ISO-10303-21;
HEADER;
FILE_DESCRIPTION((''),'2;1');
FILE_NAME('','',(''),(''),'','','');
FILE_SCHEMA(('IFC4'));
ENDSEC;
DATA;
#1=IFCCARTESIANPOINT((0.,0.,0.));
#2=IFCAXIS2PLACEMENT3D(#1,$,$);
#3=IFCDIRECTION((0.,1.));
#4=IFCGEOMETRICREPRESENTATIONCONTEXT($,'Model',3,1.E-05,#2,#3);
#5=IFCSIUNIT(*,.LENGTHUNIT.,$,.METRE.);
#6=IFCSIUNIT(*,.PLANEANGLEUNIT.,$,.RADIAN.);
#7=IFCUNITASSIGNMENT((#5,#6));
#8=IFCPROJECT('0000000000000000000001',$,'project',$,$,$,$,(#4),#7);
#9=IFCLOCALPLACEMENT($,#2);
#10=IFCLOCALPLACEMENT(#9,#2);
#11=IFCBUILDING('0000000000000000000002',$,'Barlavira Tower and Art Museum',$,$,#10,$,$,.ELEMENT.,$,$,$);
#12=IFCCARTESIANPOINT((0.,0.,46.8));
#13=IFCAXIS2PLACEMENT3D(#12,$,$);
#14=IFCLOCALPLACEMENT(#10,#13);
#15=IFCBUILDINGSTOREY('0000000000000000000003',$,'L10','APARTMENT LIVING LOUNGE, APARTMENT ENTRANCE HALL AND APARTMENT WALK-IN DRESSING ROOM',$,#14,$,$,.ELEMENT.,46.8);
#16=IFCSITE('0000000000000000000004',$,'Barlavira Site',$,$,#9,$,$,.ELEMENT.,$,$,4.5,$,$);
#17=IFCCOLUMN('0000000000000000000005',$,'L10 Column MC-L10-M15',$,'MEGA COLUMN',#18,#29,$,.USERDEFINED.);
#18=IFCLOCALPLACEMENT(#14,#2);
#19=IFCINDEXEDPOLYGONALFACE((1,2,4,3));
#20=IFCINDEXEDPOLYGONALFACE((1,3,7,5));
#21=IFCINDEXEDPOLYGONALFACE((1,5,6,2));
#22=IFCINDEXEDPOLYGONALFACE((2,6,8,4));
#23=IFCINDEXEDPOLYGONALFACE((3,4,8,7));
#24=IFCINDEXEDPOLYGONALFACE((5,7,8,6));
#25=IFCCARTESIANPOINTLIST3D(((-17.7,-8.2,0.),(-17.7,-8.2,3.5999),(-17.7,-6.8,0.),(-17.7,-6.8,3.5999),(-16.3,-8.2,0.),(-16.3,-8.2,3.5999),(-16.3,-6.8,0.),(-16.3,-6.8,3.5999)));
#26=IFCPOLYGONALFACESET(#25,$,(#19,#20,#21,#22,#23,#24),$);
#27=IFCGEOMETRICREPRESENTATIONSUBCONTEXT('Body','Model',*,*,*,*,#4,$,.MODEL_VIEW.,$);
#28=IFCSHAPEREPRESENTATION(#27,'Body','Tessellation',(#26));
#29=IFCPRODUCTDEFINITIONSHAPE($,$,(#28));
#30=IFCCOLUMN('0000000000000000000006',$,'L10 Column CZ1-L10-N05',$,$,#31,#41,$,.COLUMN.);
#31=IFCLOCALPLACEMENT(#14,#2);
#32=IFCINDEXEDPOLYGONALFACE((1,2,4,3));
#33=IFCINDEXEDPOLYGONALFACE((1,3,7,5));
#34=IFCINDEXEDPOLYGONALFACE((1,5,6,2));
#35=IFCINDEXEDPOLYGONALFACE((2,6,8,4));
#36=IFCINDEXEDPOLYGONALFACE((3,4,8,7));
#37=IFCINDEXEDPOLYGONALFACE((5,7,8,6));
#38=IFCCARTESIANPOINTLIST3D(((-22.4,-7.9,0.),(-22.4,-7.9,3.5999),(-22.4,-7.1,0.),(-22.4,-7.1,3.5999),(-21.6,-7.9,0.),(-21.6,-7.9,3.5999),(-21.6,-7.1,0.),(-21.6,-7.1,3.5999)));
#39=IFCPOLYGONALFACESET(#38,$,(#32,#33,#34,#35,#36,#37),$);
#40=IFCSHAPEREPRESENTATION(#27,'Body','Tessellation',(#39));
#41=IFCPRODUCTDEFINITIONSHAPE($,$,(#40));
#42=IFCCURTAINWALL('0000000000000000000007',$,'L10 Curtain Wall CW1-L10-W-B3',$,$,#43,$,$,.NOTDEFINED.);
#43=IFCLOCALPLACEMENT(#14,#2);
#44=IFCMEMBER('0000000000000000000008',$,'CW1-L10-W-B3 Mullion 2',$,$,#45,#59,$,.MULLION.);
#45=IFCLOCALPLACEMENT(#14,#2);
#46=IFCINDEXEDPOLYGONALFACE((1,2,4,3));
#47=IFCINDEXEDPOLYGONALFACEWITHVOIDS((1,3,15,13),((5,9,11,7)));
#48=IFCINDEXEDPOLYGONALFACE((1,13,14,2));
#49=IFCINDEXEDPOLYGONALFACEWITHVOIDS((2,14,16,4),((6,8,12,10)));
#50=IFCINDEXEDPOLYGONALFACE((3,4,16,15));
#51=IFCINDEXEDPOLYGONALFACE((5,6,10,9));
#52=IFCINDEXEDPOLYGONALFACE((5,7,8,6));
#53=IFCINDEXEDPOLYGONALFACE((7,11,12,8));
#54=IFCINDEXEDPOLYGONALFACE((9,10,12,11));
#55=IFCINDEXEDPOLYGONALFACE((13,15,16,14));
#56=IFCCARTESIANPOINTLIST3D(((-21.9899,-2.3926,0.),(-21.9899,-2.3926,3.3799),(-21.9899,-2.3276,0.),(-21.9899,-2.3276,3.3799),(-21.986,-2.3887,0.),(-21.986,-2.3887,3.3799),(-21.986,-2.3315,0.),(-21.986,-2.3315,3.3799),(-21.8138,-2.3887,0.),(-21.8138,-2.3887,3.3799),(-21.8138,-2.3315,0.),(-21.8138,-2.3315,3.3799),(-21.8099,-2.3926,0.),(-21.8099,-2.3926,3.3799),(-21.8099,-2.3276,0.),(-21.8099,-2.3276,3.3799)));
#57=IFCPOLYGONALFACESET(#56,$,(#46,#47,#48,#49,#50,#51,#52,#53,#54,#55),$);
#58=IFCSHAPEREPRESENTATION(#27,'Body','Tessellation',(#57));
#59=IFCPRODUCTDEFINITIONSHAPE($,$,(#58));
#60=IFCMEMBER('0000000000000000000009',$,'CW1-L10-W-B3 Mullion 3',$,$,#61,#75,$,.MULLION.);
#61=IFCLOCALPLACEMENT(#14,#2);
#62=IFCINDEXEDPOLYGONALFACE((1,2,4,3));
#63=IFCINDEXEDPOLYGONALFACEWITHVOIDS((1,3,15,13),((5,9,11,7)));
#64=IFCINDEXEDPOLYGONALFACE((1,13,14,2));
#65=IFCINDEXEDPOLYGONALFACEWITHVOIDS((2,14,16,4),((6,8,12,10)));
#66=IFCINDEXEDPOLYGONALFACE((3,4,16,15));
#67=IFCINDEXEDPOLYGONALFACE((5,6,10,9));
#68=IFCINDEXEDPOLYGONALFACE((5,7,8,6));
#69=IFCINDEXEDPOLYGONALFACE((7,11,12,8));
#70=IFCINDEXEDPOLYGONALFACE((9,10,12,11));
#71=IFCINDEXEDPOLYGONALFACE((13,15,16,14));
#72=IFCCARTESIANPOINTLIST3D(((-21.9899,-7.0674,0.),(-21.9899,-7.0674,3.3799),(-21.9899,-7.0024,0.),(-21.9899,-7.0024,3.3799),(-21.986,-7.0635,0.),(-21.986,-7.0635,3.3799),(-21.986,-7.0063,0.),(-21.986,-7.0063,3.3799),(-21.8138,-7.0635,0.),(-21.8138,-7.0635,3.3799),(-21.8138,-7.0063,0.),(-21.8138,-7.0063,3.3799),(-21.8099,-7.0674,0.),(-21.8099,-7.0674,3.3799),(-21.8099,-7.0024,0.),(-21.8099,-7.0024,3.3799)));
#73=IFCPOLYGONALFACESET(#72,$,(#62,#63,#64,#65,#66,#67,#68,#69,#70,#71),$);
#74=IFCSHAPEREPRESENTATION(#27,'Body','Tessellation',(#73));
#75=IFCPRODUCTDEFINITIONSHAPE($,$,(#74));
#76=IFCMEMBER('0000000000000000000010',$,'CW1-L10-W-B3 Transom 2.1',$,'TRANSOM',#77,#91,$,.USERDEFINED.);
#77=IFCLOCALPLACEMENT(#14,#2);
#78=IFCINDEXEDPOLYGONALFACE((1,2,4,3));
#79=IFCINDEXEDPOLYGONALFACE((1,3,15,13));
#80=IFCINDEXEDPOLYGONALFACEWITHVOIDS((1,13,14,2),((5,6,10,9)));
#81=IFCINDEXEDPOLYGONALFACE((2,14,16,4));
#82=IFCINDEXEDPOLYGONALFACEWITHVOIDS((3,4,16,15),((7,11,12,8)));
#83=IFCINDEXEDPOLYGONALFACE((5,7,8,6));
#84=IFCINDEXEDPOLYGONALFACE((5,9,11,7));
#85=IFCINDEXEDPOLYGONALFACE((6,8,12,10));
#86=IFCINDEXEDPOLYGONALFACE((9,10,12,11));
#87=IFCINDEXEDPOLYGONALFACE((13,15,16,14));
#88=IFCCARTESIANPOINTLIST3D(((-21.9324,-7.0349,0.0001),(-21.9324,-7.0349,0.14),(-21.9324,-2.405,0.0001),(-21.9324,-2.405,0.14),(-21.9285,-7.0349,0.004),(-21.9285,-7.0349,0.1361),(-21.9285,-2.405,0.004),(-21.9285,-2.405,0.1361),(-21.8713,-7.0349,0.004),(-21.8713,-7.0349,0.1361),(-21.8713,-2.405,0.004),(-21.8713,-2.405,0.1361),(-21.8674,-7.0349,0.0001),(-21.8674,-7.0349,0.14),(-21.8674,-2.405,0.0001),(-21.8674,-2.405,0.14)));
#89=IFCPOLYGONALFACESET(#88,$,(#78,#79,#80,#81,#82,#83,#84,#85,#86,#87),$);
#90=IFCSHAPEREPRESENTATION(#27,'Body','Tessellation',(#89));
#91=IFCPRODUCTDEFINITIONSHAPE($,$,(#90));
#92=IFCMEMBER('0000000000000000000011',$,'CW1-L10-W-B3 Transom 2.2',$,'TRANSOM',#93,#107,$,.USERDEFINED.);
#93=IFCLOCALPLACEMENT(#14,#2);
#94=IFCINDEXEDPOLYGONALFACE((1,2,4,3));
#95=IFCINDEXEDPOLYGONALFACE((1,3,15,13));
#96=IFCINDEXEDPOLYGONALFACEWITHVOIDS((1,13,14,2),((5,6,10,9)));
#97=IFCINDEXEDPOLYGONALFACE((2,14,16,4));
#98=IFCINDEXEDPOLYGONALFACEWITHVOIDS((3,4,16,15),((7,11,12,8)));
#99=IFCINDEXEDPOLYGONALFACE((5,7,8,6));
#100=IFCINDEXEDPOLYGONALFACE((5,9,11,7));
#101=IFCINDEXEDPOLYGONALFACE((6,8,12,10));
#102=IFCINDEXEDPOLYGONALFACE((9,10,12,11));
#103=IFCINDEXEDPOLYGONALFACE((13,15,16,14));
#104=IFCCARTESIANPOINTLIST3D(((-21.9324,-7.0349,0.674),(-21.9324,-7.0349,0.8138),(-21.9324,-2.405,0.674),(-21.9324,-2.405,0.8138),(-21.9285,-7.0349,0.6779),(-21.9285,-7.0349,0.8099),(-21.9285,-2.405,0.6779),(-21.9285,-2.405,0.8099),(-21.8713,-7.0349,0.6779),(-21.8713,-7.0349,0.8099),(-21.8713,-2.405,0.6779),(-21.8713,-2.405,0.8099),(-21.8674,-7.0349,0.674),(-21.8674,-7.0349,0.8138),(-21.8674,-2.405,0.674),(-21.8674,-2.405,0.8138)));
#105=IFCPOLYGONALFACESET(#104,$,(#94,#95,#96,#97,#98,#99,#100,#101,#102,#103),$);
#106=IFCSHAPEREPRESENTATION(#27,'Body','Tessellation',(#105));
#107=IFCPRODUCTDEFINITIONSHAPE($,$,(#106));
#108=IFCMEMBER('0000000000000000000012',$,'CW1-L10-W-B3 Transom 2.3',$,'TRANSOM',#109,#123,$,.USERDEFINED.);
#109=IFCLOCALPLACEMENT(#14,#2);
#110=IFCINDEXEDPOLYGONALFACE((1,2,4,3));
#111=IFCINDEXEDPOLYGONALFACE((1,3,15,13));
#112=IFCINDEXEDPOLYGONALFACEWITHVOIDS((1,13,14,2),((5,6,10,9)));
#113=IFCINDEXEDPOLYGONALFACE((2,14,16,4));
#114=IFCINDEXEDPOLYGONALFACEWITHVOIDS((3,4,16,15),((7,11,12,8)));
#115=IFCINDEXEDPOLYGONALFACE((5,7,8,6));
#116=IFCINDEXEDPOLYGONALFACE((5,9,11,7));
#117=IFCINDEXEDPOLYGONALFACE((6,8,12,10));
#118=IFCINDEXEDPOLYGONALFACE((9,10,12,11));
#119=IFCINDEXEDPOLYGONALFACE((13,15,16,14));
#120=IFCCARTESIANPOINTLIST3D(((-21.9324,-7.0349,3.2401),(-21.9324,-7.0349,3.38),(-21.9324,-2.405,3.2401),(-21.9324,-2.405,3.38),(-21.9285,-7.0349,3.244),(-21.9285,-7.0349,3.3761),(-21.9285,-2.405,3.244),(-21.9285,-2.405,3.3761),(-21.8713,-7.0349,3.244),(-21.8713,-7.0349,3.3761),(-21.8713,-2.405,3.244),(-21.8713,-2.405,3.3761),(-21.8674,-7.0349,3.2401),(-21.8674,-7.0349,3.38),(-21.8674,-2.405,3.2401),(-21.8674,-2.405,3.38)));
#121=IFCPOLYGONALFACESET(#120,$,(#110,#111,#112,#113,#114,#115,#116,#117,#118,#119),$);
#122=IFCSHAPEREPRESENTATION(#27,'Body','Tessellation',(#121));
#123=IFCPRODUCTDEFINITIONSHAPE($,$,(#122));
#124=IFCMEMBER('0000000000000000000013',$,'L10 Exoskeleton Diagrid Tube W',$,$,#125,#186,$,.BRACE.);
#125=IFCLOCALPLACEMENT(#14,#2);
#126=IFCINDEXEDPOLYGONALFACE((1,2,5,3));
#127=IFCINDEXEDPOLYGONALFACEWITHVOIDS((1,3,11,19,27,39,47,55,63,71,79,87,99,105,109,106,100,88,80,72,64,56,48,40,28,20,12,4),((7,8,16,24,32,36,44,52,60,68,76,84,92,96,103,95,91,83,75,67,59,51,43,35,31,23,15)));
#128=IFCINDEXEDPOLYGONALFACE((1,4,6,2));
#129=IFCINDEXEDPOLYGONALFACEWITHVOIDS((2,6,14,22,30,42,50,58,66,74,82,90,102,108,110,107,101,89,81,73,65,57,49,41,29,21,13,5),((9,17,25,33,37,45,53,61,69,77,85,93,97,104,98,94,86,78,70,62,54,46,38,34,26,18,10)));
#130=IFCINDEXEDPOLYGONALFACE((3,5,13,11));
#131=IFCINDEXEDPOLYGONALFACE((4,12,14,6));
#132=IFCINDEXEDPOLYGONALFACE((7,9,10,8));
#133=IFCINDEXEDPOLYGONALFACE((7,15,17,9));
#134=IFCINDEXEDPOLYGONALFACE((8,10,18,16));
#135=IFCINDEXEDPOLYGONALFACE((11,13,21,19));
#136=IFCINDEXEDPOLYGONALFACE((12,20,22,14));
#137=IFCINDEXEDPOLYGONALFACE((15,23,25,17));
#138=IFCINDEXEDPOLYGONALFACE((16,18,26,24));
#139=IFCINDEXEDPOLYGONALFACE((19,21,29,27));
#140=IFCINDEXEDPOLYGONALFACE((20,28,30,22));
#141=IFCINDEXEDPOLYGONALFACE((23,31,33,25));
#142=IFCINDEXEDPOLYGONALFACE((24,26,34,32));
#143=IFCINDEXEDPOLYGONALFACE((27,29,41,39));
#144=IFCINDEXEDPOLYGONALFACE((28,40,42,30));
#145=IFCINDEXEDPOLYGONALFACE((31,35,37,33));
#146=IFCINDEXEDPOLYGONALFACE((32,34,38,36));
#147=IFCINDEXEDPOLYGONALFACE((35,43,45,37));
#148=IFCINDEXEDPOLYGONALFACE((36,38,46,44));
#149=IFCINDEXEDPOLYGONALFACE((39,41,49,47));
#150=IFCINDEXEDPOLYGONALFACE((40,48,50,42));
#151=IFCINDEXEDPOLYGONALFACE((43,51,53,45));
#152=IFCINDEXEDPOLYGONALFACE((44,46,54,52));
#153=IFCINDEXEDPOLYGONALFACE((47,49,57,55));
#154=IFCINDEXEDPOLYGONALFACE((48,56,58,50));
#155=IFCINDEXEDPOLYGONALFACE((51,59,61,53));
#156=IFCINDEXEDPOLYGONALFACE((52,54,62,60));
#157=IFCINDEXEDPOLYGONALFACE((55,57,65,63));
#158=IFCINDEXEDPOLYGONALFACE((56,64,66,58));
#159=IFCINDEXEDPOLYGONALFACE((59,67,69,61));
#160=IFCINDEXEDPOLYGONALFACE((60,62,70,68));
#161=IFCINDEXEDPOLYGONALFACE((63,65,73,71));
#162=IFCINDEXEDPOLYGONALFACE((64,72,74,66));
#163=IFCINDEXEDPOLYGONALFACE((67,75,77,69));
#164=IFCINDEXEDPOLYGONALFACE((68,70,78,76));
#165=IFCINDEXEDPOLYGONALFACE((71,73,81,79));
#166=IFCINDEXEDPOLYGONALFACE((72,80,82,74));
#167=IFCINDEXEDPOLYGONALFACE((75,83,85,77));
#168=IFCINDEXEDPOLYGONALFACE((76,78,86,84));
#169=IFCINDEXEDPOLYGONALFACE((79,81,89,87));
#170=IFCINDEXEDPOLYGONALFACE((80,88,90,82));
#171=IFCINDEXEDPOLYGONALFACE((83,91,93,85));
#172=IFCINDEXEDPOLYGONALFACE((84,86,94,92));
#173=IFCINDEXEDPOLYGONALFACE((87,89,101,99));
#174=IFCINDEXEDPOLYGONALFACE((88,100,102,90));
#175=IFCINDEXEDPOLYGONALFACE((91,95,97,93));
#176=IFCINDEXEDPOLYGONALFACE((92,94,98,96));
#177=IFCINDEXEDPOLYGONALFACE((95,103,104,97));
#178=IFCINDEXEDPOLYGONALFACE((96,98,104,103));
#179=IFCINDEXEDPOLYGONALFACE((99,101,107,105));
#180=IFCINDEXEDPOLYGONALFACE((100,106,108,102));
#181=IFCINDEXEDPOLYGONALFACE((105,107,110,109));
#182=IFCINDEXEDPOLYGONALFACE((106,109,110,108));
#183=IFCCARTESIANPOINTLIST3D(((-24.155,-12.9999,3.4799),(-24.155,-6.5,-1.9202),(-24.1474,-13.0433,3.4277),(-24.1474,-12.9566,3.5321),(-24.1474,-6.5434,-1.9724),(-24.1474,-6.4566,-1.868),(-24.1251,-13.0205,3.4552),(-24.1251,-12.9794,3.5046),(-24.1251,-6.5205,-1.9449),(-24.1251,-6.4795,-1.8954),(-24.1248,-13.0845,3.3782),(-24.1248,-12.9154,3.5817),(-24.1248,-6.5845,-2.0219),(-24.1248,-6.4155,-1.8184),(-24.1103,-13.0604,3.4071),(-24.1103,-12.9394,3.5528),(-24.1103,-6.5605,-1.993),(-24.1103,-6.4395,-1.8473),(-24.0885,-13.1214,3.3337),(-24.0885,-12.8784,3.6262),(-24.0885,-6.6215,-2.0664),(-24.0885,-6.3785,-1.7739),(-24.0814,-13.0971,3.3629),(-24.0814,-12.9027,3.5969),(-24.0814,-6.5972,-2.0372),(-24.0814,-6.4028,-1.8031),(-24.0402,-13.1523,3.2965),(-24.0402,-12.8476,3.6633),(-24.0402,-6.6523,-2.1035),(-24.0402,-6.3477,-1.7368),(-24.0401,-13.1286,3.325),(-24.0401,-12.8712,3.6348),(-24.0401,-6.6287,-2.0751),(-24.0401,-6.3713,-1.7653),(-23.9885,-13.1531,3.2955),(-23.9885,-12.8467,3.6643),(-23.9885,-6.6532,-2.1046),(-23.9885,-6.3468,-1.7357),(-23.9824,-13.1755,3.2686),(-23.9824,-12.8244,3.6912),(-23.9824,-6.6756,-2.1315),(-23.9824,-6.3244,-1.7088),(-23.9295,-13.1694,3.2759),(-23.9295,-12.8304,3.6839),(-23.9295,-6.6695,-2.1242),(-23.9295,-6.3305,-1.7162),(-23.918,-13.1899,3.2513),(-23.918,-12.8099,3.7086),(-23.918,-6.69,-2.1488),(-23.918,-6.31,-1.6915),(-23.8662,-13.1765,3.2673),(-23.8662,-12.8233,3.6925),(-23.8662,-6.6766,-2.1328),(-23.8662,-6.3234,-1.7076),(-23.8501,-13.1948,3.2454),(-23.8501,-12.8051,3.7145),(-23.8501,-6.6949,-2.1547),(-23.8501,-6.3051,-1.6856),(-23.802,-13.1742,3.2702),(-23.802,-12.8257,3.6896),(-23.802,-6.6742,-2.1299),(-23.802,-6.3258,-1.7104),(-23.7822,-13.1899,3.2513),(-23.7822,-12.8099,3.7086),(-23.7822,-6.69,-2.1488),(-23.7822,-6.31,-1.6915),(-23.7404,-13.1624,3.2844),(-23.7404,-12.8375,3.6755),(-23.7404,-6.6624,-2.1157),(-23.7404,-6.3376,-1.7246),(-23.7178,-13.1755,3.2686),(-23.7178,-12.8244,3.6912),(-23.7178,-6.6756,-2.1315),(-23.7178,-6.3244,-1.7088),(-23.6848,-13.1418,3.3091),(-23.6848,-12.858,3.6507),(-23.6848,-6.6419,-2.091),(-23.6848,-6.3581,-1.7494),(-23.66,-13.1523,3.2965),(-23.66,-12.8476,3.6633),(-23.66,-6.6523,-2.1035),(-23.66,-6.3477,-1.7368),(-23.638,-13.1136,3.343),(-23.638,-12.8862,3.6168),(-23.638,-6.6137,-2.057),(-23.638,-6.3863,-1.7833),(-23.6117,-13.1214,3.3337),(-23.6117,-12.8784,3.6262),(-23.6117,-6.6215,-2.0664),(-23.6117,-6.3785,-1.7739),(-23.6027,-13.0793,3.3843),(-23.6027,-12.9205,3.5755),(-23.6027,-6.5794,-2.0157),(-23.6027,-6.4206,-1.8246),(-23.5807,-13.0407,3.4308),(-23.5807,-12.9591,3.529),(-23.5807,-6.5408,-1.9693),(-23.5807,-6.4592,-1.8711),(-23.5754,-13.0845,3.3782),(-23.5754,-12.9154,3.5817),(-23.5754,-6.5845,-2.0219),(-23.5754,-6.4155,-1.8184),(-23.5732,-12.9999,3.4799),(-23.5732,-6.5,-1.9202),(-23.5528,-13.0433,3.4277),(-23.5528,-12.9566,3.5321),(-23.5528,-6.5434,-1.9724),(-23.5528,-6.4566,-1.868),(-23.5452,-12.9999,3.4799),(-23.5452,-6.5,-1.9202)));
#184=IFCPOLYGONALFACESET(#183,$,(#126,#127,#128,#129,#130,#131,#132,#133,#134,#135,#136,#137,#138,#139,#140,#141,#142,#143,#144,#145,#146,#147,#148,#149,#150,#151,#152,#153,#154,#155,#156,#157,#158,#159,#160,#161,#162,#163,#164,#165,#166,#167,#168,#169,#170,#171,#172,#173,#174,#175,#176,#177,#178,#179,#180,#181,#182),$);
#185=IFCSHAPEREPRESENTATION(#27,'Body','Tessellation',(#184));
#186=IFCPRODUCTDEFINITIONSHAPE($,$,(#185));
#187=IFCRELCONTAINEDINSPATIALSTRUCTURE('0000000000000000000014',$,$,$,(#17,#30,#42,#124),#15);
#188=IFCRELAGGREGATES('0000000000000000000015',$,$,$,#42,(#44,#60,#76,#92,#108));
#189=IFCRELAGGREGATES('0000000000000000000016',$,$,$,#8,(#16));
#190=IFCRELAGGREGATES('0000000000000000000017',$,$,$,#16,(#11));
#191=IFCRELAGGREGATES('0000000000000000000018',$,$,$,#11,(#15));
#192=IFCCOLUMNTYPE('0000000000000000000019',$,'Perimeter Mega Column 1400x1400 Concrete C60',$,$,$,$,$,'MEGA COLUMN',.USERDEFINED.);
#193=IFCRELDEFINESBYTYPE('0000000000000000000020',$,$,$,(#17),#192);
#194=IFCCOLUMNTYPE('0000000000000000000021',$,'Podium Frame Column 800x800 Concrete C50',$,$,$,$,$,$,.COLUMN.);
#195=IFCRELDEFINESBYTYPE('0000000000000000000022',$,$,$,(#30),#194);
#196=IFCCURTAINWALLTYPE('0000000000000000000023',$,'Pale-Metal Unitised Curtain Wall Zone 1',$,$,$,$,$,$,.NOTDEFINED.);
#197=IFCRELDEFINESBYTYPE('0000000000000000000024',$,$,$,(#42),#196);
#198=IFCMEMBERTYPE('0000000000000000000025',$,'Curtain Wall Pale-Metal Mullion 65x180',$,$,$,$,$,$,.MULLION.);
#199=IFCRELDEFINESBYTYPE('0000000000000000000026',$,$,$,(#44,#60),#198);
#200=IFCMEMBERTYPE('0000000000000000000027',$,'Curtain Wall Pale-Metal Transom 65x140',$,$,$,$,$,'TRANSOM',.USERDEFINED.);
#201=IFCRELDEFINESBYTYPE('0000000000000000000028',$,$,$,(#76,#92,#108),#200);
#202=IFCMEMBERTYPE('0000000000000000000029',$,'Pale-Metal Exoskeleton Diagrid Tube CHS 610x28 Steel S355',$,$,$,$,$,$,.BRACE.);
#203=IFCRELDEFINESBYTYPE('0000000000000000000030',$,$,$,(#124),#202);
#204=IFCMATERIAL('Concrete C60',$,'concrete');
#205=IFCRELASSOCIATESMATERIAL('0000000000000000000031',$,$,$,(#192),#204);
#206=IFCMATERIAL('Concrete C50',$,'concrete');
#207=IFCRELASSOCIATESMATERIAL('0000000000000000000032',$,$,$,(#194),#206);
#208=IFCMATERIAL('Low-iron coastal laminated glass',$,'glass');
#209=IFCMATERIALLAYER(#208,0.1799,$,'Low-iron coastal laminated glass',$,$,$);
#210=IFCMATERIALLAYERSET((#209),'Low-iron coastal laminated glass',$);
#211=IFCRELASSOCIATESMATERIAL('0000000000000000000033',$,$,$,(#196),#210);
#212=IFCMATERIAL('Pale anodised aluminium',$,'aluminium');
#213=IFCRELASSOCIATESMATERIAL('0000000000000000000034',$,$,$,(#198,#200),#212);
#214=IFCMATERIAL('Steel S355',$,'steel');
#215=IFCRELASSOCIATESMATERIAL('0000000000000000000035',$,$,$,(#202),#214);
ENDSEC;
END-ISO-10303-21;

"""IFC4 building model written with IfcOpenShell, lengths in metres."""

from ifc_helpers import new_model, si_unit, direction, frame, origin, origin_2d, place, context, subcontext, project, spatial, rectangle, hollow_rectangle, hollow_circle, extrude, material, layer, layer_set, material_profile, profile_set, type_object, element, aggregate, save


model = new_model("IFC4")

# Units and contexts
model_context = context("Model", 3, precision=1e-05, world=origin(), true_north=direction((0.0, 1.0)))
body_context = subcontext(model_context, "Body", "Model", "MODEL_VIEW")
ifc_project = project(units=[si_unit("LENGTHUNIT", "METRE"), si_unit("PLANEANGLEUNIT", "RADIAN")], contexts=[model_context])

# Site, building, storey
site_placement = place(None, origin())
site = spatial("IfcSite", under=ifc_project, at=site_placement, Name="Barlavira Site", CompositionType="ELEMENT", RefElevation=4.5)
building_placement = place(site_placement, origin())
building = spatial("IfcBuilding", under=site, at=building_placement, Name="Barlavira Tower and Art Museum", CompositionType="ELEMENT")
storey_placement = place(building_placement, frame((0.0, 0.0, 46.8)))
storey = spatial("IfcBuildingStorey", under=building, at=storey_placement, Name="L10", Description="APARTMENT LIVING LOUNGE, APARTMENT ENTRANCE HALL AND APARTMENT WALK-IN DRESSING ROOM", CompositionType="ELEMENT", Elevation=46.8)

# Columns
ifc_material_1 = material(Name="Concrete C60", Category="concrete")
ifc_material_profile_1 = material_profile(ifc_material_1, rectangle(XDim=1.3999, YDim=1.3999, at=origin_2d()), Name="RC-MCOL 1400x1400")
ifc_profile_set_1 = profile_set([ifc_material_profile_1], Name="Concrete C60")
column_type_1 = type_object("IfcColumnType", Name="Perimeter Mega Column 1400x1400 Concrete C60", ElementType="MEGA COLUMN", PredefinedType="USERDEFINED", material=ifc_profile_set_1)
column_1_placement = place(storey_placement, frame((-17.0, -7.5, 0.0), z_axis=(0.0, 0.0, 1.0), x_axis=(1.0, 0.0, 0.0)))
element("IfcColumn", 1, at=column_1_placement, inside=storey, type_object=column_type_1, Name="L10 Column MC-L10-M15", ObjectType="MEGA COLUMN", PredefinedType="USERDEFINED", context=body_context, shape_type="SweptSolid", body=[
    extrude(rectangle(XDim=1.3999, YDim=1.3999, at=origin_2d()), origin(), (0.0, 0.0, 1.0), 3.5999),
])
ifc_material_2 = material(Name="Concrete C50", Category="concrete")
ifc_material_profile_2 = material_profile(ifc_material_2, rectangle(XDim=0.8, YDim=0.8, at=origin_2d()), Name="RC-COL 800x800")
ifc_profile_set_2 = profile_set([ifc_material_profile_2], Name="Concrete C50")
column_type_2 = type_object("IfcColumnType", Name="Podium Frame Column 800x800 Concrete C50", PredefinedType="COLUMN", material=ifc_profile_set_2)
column_2_placement = place(storey_placement, frame((-22.0, -7.5, 0.0), z_axis=(0.0, 0.0, 1.0), x_axis=(1.0, 0.0, 0.0)))
element("IfcColumn", 2, at=column_2_placement, inside=storey, type_object=column_type_2, Name="L10 Column CZ1-L10-N05", PredefinedType="COLUMN", context=body_context, shape_type="SweptSolid", body=[
    extrude(rectangle(XDim=0.8, YDim=0.8, at=origin_2d()), origin(), (0.0, 0.0, 1.0), 3.5999),
])

# Curtain wall, members
ifc_material_3 = material(Name="Low-iron coastal laminated glass", Category="glass")
ifc_layer_1 = layer(ifc_material_3, 0.1799, Name="Low-iron coastal laminated glass")
ifc_layer_set_1 = layer_set([ifc_layer_1], Name="Low-iron coastal laminated glass")
curtain_wall_type = type_object("IfcCurtainWallType", Name="Pale-Metal Unitised Curtain Wall Zone 1", PredefinedType="NOTDEFINED", material=ifc_layer_set_1)
curtain_wall_placement = place(storey_placement, origin())
curtain_wall = element("IfcCurtainWall", 3, at=curtain_wall_placement, inside=storey, type_object=curtain_wall_type, Name="L10 Curtain Wall CW1-L10-W-B3", PredefinedType="NOTDEFINED")
ifc_material_4 = material(Name="Pale anodised aluminium", Category="aluminium")
ifc_material_profile_3 = material_profile(ifc_material_4, hollow_rectangle(XDim=0.0649, YDim=0.1799, WallThickness=0.0039, at=origin_2d()), Name="ALU-MULL 65x180x4")
ifc_profile_set_3 = profile_set([ifc_material_profile_3], Name="Pale anodised aluminium")
member_type_1 = type_object("IfcMemberType", Name="Curtain Wall Pale-Metal Mullion 65x180", PredefinedType="MULLION", material=ifc_profile_set_3)
member_1_placement = place(storey_placement, frame((-21.8999, -2.3601, 0.0), z_axis=(0.0, 0.0, 1.0), x_axis=(0.0, -1.0, 0.0)))
member_1 = element("IfcMember", 4, at=member_1_placement, type_object=member_type_1, Name="CW1-L10-W-B3 Mullion 2", PredefinedType="MULLION", context=body_context, shape_type="SweptSolid", body=[
    extrude(hollow_rectangle(XDim=0.0649, YDim=0.1799, WallThickness=0.0039, at=origin_2d()), origin(), (0.0, 0.0, 1.0), 3.3799),
])
member_2_placement = place(storey_placement, frame((-21.8999, -7.0349, 0.0), z_axis=(0.0, 0.0, 1.0), x_axis=(0.0, -1.0, 0.0)))
member_2 = element("IfcMember", 5, at=member_2_placement, type_object=member_type_1, Name="CW1-L10-W-B3 Mullion 3", PredefinedType="MULLION", context=body_context, shape_type="SweptSolid", body=[
    extrude(hollow_rectangle(XDim=0.0649, YDim=0.1799, WallThickness=0.0039, at=origin_2d()), origin(), (0.0, 0.0, 1.0), 3.3799),
])
ifc_material_profile_4 = material_profile(ifc_material_4, hollow_rectangle(XDim=0.0649, YDim=0.1399, WallThickness=0.0039, at=origin_2d()), Name="ALU-TRAN 65x140x4")
ifc_profile_set_4 = profile_set([ifc_material_profile_4], Name="Pale anodised aluminium")
member_type_2 = type_object("IfcMemberType", Name="Curtain Wall Pale-Metal Transom 65x140", ElementType="TRANSOM", PredefinedType="USERDEFINED", material=ifc_profile_set_4)
member_3_placement = place(storey_placement, frame((-21.8999, -2.405, 0.0701), z_axis=(0.0, -1.0, 0.0), x_axis=(1.0, 0.0, 0.0)))
member_3 = element("IfcMember", 6, at=member_3_placement, type_object=member_type_2, Name="CW1-L10-W-B3 Transom 2.1", ObjectType="TRANSOM", PredefinedType="USERDEFINED", context=body_context, shape_type="SweptSolid", body=[
    extrude(hollow_rectangle(XDim=0.0649, YDim=0.1399, WallThickness=0.0039, at=origin_2d()), origin(), (0.0, 0.0, 1.0), 4.6299),
])
member_4_placement = place(storey_placement, frame((-21.8999, -2.405, 0.7439), z_axis=(0.0, -1.0, 0.0), x_axis=(1.0, 0.0, 0.0)))
member_4 = element("IfcMember", 7, at=member_4_placement, type_object=member_type_2, Name="CW1-L10-W-B3 Transom 2.2", ObjectType="TRANSOM", PredefinedType="USERDEFINED", context=body_context, shape_type="SweptSolid", body=[
    extrude(hollow_rectangle(XDim=0.0649, YDim=0.1399, WallThickness=0.0039, at=origin_2d()), origin(), (0.0, 0.0, 1.0), 4.6299),
])
member_5_placement = place(storey_placement, frame((-21.8999, -2.405, 3.3101), z_axis=(0.0, -1.0, 0.0), x_axis=(1.0, 0.0, 0.0)))
member_5 = element("IfcMember", 8, at=member_5_placement, type_object=member_type_2, Name="CW1-L10-W-B3 Transom 2.3", ObjectType="TRANSOM", PredefinedType="USERDEFINED", context=body_context, shape_type="SweptSolid", body=[
    extrude(hollow_rectangle(XDim=0.0649, YDim=0.1399, WallThickness=0.0039, at=origin_2d()), origin(), (0.0, 0.0, 1.0), 4.6299),
])

# Member
ifc_material_5 = material(Name="Steel S355", Category="steel")
ifc_material_profile_5 = material_profile(ifc_material_5, hollow_circle(Radius=0.3049, WallThickness=0.0281, at=origin_2d()), Name="CHS 610.0x28.0")
ifc_profile_set_5 = profile_set([ifc_material_profile_5], Name="Steel S355")
member_type_3 = type_object("IfcMemberType", Name="Pale-Metal Exoskeleton Diagrid Tube CHS 610x28 Steel S355", PredefinedType="BRACE", material=ifc_profile_set_5)
for number, where, z_axis, x_axis, name in (
    (9, (-23.8501, -6.5, -1.9202), (0.0, -0.769182, 0.63903), (1.0, 0.0, 0.0), "L10 Exoskeleton Diagrid Tube W"),
):
    element("IfcMember", number, at=place(storey_placement, frame(where, z_axis=z_axis, x_axis=x_axis)), inside=storey, type_object=member_type_3, Name=name, PredefinedType="BRACE", context=body_context, shape_type="SweptSolid", body=[
        extrude(hollow_circle(Radius=0.3049, WallThickness=0.0281, at=origin_2d()), origin(), (0.0, 0.0, 1.0), 8.4504),
    ])

aggregate(curtain_wall, [member_1, member_2, member_3, member_4, member_5])

save(model, "model.ifc")
